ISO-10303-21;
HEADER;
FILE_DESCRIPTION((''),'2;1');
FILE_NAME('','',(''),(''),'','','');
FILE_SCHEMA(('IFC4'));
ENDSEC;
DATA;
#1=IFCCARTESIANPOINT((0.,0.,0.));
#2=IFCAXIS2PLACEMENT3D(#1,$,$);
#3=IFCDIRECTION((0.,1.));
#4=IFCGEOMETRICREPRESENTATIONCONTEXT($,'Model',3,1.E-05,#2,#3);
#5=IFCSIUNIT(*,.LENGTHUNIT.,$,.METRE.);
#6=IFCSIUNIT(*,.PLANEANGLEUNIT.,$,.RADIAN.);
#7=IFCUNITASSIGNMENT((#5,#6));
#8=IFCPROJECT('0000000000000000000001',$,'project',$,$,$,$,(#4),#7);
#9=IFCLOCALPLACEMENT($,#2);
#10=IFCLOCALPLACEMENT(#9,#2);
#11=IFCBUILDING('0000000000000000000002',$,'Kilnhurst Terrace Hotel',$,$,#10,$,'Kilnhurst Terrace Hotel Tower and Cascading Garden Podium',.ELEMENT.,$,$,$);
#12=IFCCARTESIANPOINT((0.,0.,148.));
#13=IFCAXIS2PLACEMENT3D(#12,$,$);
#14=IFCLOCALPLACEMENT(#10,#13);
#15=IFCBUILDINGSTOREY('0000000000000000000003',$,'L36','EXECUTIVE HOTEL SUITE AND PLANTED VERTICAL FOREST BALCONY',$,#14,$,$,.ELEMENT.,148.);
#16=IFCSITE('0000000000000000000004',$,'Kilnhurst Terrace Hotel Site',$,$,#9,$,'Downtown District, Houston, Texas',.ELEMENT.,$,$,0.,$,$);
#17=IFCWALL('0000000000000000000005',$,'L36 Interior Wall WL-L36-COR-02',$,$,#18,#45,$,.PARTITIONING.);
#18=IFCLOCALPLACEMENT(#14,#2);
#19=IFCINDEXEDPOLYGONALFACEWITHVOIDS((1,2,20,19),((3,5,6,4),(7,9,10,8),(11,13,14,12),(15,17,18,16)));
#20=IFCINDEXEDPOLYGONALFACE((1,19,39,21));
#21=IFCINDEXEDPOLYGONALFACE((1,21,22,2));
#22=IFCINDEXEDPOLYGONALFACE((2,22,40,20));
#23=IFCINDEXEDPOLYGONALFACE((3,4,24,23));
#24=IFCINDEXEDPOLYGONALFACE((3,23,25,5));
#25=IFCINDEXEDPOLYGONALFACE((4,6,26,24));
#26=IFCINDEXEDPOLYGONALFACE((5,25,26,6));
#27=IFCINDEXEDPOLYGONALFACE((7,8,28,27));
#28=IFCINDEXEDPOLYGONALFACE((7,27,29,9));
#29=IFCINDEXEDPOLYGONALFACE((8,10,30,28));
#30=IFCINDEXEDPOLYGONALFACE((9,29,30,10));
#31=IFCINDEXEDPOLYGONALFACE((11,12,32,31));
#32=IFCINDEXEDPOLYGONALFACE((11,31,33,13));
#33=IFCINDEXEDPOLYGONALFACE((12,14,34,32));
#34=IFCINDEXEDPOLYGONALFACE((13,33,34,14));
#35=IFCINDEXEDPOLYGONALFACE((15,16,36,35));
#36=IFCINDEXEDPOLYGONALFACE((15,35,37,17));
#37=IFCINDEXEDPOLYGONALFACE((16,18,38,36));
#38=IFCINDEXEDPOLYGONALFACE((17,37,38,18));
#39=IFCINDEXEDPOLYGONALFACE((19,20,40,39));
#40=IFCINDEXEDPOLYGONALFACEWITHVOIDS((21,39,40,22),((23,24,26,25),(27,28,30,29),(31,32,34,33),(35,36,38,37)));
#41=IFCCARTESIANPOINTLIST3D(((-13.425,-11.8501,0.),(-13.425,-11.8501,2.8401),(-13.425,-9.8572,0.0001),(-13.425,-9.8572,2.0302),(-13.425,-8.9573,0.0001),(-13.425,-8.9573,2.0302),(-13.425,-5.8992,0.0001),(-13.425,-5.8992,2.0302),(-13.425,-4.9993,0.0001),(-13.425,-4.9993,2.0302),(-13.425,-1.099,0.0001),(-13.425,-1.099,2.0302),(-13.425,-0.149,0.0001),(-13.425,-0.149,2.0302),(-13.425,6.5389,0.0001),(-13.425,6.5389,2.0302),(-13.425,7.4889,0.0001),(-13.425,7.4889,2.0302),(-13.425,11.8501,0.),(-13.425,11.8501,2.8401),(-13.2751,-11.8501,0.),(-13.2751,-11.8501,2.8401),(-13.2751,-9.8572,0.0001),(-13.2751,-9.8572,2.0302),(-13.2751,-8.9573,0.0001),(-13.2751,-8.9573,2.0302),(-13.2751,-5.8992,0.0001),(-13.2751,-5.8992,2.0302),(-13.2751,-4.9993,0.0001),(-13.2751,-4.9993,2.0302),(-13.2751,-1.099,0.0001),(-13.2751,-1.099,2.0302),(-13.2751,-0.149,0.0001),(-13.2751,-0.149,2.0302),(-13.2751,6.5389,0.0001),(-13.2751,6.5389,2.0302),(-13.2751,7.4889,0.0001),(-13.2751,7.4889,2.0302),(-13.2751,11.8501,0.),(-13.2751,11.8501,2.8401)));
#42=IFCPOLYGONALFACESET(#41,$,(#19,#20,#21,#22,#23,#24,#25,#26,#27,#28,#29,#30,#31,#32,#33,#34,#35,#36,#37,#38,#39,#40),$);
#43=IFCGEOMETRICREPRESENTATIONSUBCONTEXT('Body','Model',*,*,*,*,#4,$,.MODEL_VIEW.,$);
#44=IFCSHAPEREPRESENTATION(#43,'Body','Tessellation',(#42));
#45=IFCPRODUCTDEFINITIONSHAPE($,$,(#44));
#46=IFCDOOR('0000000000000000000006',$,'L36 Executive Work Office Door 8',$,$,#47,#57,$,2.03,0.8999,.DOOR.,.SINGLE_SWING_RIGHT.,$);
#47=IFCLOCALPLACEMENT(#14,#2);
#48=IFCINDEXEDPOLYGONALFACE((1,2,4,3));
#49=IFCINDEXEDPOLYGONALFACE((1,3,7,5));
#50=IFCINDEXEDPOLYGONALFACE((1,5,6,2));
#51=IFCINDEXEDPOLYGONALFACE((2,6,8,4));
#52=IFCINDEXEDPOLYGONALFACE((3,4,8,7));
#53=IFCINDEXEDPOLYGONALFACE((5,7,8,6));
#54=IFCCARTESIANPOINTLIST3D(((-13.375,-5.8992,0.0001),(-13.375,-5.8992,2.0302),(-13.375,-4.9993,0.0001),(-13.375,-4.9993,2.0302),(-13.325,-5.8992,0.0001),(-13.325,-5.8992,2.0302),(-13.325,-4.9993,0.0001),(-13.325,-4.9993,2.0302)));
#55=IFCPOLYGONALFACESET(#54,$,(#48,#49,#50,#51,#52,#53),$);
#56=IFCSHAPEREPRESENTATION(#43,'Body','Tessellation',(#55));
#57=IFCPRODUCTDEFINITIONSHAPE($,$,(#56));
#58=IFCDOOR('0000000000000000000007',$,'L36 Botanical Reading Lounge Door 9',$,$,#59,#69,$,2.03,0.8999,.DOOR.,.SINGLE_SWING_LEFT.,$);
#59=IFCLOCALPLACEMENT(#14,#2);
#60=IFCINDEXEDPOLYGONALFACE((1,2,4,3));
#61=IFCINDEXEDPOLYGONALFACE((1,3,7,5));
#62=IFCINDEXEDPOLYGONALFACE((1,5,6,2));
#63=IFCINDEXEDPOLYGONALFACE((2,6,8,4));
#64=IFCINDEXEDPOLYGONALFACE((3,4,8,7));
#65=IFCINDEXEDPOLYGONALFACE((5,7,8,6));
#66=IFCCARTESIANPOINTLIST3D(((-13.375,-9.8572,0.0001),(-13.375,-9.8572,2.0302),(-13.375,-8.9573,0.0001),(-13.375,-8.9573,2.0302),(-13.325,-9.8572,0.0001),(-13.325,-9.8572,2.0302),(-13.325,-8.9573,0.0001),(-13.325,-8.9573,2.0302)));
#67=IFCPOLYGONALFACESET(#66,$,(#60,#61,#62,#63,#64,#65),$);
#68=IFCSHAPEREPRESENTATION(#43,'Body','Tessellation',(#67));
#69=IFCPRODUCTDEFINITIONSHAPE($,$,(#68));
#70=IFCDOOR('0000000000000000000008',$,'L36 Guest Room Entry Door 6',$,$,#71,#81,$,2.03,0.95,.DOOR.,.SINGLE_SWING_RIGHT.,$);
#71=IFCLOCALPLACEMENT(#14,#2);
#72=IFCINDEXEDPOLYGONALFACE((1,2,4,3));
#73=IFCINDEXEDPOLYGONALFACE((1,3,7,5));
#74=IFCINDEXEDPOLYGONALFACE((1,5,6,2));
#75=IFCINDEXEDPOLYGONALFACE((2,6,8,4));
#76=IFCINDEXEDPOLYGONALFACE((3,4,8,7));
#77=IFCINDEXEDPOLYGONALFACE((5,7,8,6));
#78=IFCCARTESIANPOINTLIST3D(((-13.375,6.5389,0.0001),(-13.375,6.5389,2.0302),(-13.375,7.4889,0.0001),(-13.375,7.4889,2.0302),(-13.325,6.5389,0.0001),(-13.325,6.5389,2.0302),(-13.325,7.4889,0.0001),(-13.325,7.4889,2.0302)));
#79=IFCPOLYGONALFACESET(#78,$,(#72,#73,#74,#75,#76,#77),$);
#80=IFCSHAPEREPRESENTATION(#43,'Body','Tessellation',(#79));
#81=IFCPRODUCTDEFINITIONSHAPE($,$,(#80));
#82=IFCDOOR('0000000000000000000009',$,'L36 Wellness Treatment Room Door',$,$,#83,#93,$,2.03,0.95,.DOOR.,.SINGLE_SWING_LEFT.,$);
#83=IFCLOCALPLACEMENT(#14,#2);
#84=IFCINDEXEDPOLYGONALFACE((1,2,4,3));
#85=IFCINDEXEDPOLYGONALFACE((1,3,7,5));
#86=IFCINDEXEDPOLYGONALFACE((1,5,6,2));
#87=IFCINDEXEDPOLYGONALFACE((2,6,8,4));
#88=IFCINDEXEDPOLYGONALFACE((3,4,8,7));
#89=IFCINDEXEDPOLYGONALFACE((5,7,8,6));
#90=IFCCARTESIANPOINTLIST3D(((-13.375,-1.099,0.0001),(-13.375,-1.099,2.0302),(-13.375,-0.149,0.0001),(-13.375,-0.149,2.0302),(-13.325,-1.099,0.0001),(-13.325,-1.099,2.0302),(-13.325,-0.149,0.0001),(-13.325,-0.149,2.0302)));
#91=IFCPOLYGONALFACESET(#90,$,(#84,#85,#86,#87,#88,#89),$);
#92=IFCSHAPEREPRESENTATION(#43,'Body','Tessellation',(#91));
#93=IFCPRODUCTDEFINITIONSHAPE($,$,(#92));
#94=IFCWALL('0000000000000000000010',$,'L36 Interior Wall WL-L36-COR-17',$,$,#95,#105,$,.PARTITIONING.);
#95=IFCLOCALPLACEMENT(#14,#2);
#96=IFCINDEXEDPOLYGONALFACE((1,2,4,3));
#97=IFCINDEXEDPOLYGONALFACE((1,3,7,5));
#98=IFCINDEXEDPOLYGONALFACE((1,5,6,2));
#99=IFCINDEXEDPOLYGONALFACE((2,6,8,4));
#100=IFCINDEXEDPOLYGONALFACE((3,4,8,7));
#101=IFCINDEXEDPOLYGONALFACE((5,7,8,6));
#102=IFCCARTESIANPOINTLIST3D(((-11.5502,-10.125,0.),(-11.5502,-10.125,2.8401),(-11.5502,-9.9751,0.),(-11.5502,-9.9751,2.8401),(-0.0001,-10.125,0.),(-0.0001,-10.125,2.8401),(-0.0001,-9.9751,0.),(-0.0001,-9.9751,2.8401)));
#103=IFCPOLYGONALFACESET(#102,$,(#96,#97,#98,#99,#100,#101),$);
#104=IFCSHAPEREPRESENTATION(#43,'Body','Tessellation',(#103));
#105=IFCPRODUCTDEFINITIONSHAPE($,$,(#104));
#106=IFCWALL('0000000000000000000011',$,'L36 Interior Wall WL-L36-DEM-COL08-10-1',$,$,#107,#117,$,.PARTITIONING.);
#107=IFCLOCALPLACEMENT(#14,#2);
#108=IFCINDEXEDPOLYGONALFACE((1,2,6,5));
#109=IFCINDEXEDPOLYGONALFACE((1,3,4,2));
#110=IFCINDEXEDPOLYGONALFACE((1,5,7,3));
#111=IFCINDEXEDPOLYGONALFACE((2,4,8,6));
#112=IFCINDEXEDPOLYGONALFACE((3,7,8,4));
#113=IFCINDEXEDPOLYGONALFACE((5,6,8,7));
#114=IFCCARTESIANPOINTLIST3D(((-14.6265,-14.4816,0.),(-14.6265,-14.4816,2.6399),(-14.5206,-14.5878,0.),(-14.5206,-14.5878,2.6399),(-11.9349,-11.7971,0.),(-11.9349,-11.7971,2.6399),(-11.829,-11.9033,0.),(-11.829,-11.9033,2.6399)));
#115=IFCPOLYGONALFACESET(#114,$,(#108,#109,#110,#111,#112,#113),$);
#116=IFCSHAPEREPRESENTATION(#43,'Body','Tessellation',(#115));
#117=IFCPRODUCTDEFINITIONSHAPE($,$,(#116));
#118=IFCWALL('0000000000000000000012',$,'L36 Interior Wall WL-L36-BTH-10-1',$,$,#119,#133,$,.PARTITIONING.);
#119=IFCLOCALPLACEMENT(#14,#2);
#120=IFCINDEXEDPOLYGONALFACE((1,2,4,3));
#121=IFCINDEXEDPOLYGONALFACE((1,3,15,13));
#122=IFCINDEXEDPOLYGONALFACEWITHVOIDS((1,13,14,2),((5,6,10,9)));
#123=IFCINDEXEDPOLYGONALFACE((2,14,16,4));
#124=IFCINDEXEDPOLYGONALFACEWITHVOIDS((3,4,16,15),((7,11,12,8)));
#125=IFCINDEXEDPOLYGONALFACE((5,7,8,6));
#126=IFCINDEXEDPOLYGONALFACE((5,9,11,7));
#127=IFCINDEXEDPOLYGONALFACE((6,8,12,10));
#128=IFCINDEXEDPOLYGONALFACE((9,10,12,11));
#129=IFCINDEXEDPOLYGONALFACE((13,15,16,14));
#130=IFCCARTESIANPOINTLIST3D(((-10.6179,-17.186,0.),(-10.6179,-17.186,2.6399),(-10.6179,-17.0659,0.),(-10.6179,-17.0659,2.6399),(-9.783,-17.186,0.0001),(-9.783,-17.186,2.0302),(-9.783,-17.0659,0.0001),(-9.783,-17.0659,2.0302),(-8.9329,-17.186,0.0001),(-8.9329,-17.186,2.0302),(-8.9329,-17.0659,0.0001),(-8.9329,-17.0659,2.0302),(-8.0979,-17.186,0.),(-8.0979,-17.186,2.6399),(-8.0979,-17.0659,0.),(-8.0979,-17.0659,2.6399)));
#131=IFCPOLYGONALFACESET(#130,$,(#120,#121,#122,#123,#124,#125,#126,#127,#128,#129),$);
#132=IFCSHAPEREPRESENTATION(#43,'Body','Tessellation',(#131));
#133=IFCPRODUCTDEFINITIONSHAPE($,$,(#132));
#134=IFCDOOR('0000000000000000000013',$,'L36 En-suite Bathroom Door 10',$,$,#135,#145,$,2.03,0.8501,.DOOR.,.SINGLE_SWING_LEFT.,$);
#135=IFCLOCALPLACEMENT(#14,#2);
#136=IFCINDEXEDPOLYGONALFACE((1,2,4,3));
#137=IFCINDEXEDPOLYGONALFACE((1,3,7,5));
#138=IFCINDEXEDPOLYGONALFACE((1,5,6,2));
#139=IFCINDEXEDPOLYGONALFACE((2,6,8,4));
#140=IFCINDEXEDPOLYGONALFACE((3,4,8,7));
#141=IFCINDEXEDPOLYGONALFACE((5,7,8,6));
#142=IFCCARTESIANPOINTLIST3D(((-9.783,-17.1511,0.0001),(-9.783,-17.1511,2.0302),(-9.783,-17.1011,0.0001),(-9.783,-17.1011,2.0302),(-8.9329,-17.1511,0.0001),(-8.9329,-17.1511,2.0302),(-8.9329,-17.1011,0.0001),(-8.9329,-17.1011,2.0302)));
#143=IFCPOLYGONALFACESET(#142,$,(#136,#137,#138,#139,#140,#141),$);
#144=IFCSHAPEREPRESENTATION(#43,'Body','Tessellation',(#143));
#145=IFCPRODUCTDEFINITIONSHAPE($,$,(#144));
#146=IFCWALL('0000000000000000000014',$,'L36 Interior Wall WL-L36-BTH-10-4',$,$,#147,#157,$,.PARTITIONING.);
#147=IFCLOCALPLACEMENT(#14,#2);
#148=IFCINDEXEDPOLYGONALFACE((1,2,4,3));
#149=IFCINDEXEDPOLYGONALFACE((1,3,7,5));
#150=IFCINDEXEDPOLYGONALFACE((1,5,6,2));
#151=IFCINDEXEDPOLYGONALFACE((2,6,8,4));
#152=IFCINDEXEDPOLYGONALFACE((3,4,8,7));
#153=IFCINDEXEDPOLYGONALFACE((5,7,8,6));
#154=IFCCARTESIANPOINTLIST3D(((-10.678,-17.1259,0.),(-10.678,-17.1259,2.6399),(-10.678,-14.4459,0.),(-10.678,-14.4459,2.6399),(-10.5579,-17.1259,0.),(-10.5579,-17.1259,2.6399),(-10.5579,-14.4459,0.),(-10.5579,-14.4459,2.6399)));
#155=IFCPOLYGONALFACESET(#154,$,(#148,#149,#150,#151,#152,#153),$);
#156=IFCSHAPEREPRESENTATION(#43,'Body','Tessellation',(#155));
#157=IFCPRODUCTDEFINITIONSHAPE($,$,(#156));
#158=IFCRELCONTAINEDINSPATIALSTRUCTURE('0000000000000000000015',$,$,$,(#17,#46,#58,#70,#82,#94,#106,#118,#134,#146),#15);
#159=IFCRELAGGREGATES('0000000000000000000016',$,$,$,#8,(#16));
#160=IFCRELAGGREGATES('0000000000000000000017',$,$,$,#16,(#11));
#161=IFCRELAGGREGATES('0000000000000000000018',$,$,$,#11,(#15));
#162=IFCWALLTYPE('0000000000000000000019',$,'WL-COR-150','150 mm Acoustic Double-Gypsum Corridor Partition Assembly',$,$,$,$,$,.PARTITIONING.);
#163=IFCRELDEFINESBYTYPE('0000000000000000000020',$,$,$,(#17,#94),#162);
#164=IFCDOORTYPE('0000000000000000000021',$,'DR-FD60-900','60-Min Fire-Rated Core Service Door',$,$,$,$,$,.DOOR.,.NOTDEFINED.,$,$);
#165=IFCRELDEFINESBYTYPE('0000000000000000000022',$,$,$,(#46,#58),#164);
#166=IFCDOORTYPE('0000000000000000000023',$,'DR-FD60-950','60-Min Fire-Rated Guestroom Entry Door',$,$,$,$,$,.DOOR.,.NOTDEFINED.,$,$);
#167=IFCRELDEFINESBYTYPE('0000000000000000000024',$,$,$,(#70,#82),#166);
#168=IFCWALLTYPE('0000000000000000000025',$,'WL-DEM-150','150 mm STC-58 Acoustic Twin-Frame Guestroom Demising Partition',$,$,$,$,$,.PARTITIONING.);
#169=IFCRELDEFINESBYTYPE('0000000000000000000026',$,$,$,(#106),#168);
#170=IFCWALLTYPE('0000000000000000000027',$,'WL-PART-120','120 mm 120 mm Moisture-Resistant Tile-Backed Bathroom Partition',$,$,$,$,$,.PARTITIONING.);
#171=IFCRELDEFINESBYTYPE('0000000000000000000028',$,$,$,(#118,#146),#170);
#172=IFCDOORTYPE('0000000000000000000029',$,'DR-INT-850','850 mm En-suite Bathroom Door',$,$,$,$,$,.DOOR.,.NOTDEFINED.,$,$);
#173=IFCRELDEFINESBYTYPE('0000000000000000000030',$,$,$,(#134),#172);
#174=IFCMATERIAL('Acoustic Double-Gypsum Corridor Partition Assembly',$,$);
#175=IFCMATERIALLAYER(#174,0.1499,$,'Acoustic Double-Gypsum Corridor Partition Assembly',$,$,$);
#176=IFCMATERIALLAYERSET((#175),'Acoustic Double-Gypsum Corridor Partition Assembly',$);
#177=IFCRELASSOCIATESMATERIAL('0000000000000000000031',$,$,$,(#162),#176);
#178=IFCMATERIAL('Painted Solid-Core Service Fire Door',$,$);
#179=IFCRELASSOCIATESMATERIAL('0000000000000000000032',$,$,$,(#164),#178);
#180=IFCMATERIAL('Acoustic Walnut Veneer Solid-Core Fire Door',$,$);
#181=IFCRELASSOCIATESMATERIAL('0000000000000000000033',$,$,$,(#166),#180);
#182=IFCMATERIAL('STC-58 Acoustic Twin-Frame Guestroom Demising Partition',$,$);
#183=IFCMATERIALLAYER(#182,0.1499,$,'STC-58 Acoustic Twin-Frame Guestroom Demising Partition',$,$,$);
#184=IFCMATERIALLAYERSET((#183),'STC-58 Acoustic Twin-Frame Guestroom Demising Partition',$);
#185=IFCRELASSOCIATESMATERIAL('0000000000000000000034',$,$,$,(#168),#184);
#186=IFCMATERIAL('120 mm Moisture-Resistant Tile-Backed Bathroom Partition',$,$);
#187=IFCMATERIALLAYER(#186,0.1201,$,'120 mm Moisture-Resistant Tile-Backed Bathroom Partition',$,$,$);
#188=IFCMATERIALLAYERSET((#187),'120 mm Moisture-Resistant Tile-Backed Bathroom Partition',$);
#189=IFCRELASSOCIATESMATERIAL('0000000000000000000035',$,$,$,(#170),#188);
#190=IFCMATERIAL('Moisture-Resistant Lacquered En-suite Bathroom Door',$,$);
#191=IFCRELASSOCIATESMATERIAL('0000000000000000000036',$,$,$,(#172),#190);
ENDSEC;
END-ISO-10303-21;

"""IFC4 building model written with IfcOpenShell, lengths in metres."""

from ifc_helpers import new_model, si_unit, direction, frame, frame_2d, origin, place, context, subcontext, project, spatial, rectangle, extrude, material, layer, layer_set, type_object, element, fill, save


model = new_model("IFC4")

# Units and contexts
model_context = context("Model", 3, precision=1e-05, world=origin(), true_north=direction((0.0, 1.0)))
body_context = subcontext(model_context, "Body", "Model", "MODEL_VIEW")
ifc_project = project(units=[si_unit("LENGTHUNIT", "METRE"), si_unit("PLANEANGLEUNIT", "RADIAN")], contexts=[model_context])

# Site, building, storey
site_placement = place(None, origin())
site = spatial("IfcSite", under=ifc_project, at=site_placement, Name="Kilnhurst Terrace Hotel Site", LongName="Downtown District, Houston, Texas", CompositionType="ELEMENT", RefElevation=0.0)
building_placement = place(site_placement, origin())
building = spatial("IfcBuilding", under=site, at=building_placement, Name="Kilnhurst Terrace Hotel", LongName="Kilnhurst Terrace Hotel Tower and Cascading Garden Podium", CompositionType="ELEMENT")
storey_placement = place(building_placement, frame((0.0, 0.0, 148.0)))
storey = spatial("IfcBuildingStorey", under=building, at=storey_placement, Name="L36", Description="EXECUTIVE HOTEL SUITE AND PLANTED VERTICAL FOREST BALCONY", CompositionType="ELEMENT", Elevation=148.0)

# Wall, openings, doors
ifc_material_1 = material(Name="Acoustic Double-Gypsum Corridor Partition Assembly")
ifc_layer_1 = layer(ifc_material_1, 0.1499, Name="Acoustic Double-Gypsum Corridor Partition Assembly")
ifc_layer_set_1 = layer_set([ifc_layer_1], Name="Acoustic Double-Gypsum Corridor Partition Assembly")
wall_type_1 = type_object("IfcWallType", Name="WL-COR-150", Description="150 mm Acoustic Double-Gypsum Corridor Partition Assembly", PredefinedType="PARTITIONING", material=ifc_layer_set_1)
wall_1_placement = place(storey_placement, frame((-13.3501, -11.8501, 0.0), z_axis=(0.0, 0.0, 1.0), x_axis=(0.0, 1.0, 0.0)))
wall_1 = element("IfcWall", 1, at=wall_1_placement, inside=storey, type_object=wall_type_1, Name="L36 Interior Wall WL-L36-COR-02", PredefinedType="PARTITIONING", context=body_context, shape_type="SweptSolid", body=[
    extrude(rectangle(XDim=23.7002, YDim=0.1499, at=frame_2d((11.8501, 0.0))), origin(), (0.0, 0.0, 1.0), 2.8401),
])
opening_1_placement = place(wall_1_placement, frame((18.3889, 0.0, 0.0)))
opening_1 = element("IfcOpeningElement", 2, at=opening_1_placement, cuts=wall_1, PredefinedType="OPENING", context=body_context, shape_type="SweptSolid", body=[
    extrude(rectangle(XDim=0.95, YDim=2.03, at=frame_2d((0.4751, 1.0151))), frame((0.0, 0.085, 0.0), z_axis=(0.0, -1.0, 0.0), x_axis=(1.0, 0.0, 0.0)), (0.0, 0.0, 1.0), 0.1699),
])
opening_2_placement = place(wall_1_placement, frame((10.751, 0.0, 0.0)))
opening_2 = element("IfcOpeningElement", 3, at=opening_2_placement, cuts=wall_1, PredefinedType="OPENING", context=body_context, shape_type="SweptSolid", body=[
    extrude(rectangle(XDim=0.95, YDim=2.03, at=frame_2d((0.4751, 1.0151))), frame((0.0, 0.085, 0.0), z_axis=(0.0, -1.0, 0.0), x_axis=(1.0, 0.0, 0.0)), (0.0, 0.0, 1.0), 0.1699),
])
opening_3_placement = place(wall_1_placement, frame((5.9509, 0.0, 0.0)))
opening_3 = element("IfcOpeningElement", 4, at=opening_3_placement, cuts=wall_1, PredefinedType="OPENING", context=body_context, shape_type="SweptSolid", body=[
    extrude(rectangle(XDim=0.8999, YDim=2.03, at=frame_2d((0.45, 1.0151))), frame((0.0, 0.085, 0.0), z_axis=(0.0, -1.0, 0.0), x_axis=(1.0, 0.0, 0.0)), (0.0, 0.0, 1.0), 0.1699),
])
opening_4_placement = place(wall_1_placement, frame((1.9929, 0.0, 0.0)))
opening_4 = element("IfcOpeningElement", 5, at=opening_4_placement, cuts=wall_1, PredefinedType="OPENING", context=body_context, shape_type="SweptSolid", body=[
    extrude(rectangle(XDim=0.8999, YDim=2.03, at=frame_2d((0.45, 1.0151))), frame((0.0, 0.085, 0.0), z_axis=(0.0, -1.0, 0.0), x_axis=(1.0, 0.0, 0.0)), (0.0, 0.0, 1.0), 0.1699),
])
ifc_material_2 = material(Name="Painted Solid-Core Service Fire Door")
door_type_1 = type_object("IfcDoorType", Name="DR-FD60-900", Description="60-Min Fire-Rated Core Service Door", OperationType="NOTDEFINED", PredefinedType="DOOR", material=ifc_material_2)
door_1_placement = place(opening_3_placement, origin())
door_1 = element("IfcDoor", 6, at=door_1_placement, inside=storey, type_object=door_type_1, Name="L36 Executive Work Office Door 8", OperationType="SINGLE_SWING_RIGHT", OverallHeight=2.03, OverallWidth=0.8999, PredefinedType="DOOR", context=body_context, shape_type="SweptSolid", body=[
    extrude(rectangle(XDim=0.8999, YDim=2.03, at=frame_2d((0.45, 1.0151))), frame((0.0, 0.0249, 0.0), z_axis=(0.0, -1.0, 0.0), x_axis=(1.0, 0.0, 0.0)), (0.0, 0.0, 1.0), 0.05),
])
fill(opening_3, door_1)
door_2_placement = place(opening_4_placement, origin())
door_2 = element("IfcDoor", 7, at=door_2_placement, inside=storey, type_object=door_type_1, Name="L36 Botanical Reading Lounge Door 9", OperationType="SINGLE_SWING_LEFT", OverallHeight=2.03, OverallWidth=0.8999, PredefinedType="DOOR", context=body_context, shape_type="SweptSolid", body=[
    extrude(rectangle(XDim=0.8999, YDim=2.03, at=frame_2d((0.45, 1.0151))), frame((0.0, 0.0249, 0.0), z_axis=(0.0, -1.0, 0.0), x_axis=(1.0, 0.0, 0.0)), (0.0, 0.0, 1.0), 0.05),
])
fill(opening_4, door_2)
ifc_material_3 = material(Name="Acoustic Walnut Veneer Solid-Core Fire Door")
door_type_2 = type_object("IfcDoorType", Name="DR-FD60-950", Description="60-Min Fire-Rated Guestroom Entry Door", OperationType="NOTDEFINED", PredefinedType="DOOR", material=ifc_material_3)
door_3_placement = place(opening_1_placement, origin())
door_3 = element("IfcDoor", 8, at=door_3_placement, inside=storey, type_object=door_type_2, Name="L36 Guest Room Entry Door 6", OperationType="SINGLE_SWING_RIGHT", OverallHeight=2.03, OverallWidth=0.95, PredefinedType="DOOR", context=body_context, shape_type="SweptSolid", body=[
    extrude(rectangle(XDim=0.95, YDim=2.03, at=frame_2d((0.4751, 1.0151))), frame((0.0, 0.0249, 0.0), z_axis=(0.0, -1.0, 0.0), x_axis=(1.0, 0.0, 0.0)), (0.0, 0.0, 1.0), 0.05),
])
fill(opening_1, door_3)
door_4_placement = place(opening_2_placement, origin())
door_4 = element("IfcDoor", 9, at=door_4_placement, inside=storey, type_object=door_type_2, Name="L36 Wellness Treatment Room Door", OperationType="SINGLE_SWING_LEFT", OverallHeight=2.03, OverallWidth=0.95, PredefinedType="DOOR", context=body_context, shape_type="SweptSolid", body=[
    extrude(rectangle(XDim=0.95, YDim=2.03, at=frame_2d((0.4751, 1.0151))), frame((0.0, 0.0249, 0.0), z_axis=(0.0, -1.0, 0.0), x_axis=(1.0, 0.0, 0.0)), (0.0, 0.0, 1.0), 0.05),
])
fill(opening_2, door_4)

# Walls
wall_2_placement = place(storey_placement, frame((-11.55, -10.05, 0.0), z_axis=(0.0, 0.0, 1.0), x_axis=(1.0, 0.0, 0.0)))
element("IfcWall", 10, at=wall_2_placement, inside=storey, type_object=wall_type_1, Name="L36 Interior Wall WL-L36-COR-17", PredefinedType="PARTITIONING", context=body_context, shape_type="SweptSolid", body=[
    extrude(rectangle(XDim=11.55, YDim=0.1499, at=frame_2d((5.7749, 0.0))), origin(), (0.0, 0.0, 1.0), 2.8401),
])
ifc_material_4 = material(Name="STC-58 Acoustic Twin-Frame Guestroom Demising Partition")
ifc_layer_2 = layer(ifc_material_4, 0.1499, Name="STC-58 Acoustic Twin-Frame Guestroom Demising Partition")
ifc_layer_set_2 = layer_set([ifc_layer_2], Name="STC-58 Acoustic Twin-Frame Guestroom Demising Partition")
wall_type_2 = type_object("IfcWallType", Name="WL-DEM-150", Description="150 mm STC-58 Acoustic Twin-Frame Guestroom Demising Partition", PredefinedType="PARTITIONING", material=ifc_layer_set_2)
wall_3_placement = place(storey_placement, frame((-11.8818, -11.8501, 0.0), z_axis=(0.0, 0.0, 1.0), x_axis=(-0.708037, -0.706175, 0.0)))
element("IfcWall", 11, at=wall_3_placement, inside=storey, type_object=wall_type_2, Name="L36 Interior Wall WL-L36-DEM-COL08-10-1", PredefinedType="PARTITIONING", context=body_context, shape_type="SweptSolid", body=[
    extrude(rectangle(XDim=3.8015, YDim=0.1499, at=frame_2d((1.9009, 0.0))), origin(), (0.0, 0.0, 1.0), 2.6399),
])

# Wall, opening, door
ifc_material_5 = material(Name="120 mm Moisture-Resistant Tile-Backed Bathroom Partition")
ifc_layer_3 = layer(ifc_material_5, 0.1201, Name="120 mm Moisture-Resistant Tile-Backed Bathroom Partition")
ifc_layer_set_3 = layer_set([ifc_layer_3], Name="120 mm Moisture-Resistant Tile-Backed Bathroom Partition")
wall_type_3 = type_object("IfcWallType", Name="WL-PART-120", Description="120 mm 120 mm Moisture-Resistant Tile-Backed Bathroom Partition", PredefinedType="PARTITIONING", material=ifc_layer_set_3)
wall_4_placement = place(storey_placement, frame((-10.6179, -17.126, 0.0), z_axis=(0.0, 0.0, 1.0), x_axis=(1.0, 0.0, 0.0)))
wall_4 = element("IfcWall", 12, at=wall_4_placement, inside=storey, type_object=wall_type_3, Name="L36 Interior Wall WL-L36-BTH-10-1", PredefinedType="PARTITIONING", context=body_context, shape_type="SweptSolid", body=[
    extrude(rectangle(XDim=2.52, YDim=0.1201, at=frame_2d((1.26, 0.0))), origin(), (0.0, 0.0, 1.0), 2.6399),
])
opening_5_placement = place(wall_4_placement, frame((0.835, 0.0, 0.0)))
opening_5 = element("IfcOpeningElement", 13, at=opening_5_placement, cuts=wall_4, PredefinedType="OPENING", context=body_context, shape_type="SweptSolid", body=[
    extrude(rectangle(XDim=0.8501, YDim=2.03, at=frame_2d((0.425, 1.0151))), frame((0.0, 0.0701, 0.0), z_axis=(0.0, -1.0, 0.0), x_axis=(1.0, 0.0, 0.0)), (0.0, 0.0, 1.0), 0.1401),
])
ifc_material_6 = material(Name="Moisture-Resistant Lacquered En-suite Bathroom Door")
door_type_3 = type_object("IfcDoorType", Name="DR-INT-850", Description="850 mm En-suite Bathroom Door", OperationType="NOTDEFINED", PredefinedType="DOOR", material=ifc_material_6)
door_5_placement = place(opening_5_placement, origin())
door_5 = element("IfcDoor", 14, at=door_5_placement, inside=storey, type_object=door_type_3, Name="L36 En-suite Bathroom Door 10", OperationType="SINGLE_SWING_LEFT", OverallHeight=2.03, OverallWidth=0.8501, PredefinedType="DOOR", context=body_context, shape_type="SweptSolid", body=[
    extrude(rectangle(XDim=0.8501, YDim=2.03, at=frame_2d((0.425, 1.0151))), frame((0.0, 0.0249, 0.0), z_axis=(0.0, -1.0, 0.0), x_axis=(1.0, 0.0, 0.0)), (0.0, 0.0, 1.0), 0.05),
])
fill(opening_5, door_5)

# Wall
wall_5_placement = place(storey_placement, frame((-10.6179, -14.446, 0.0), z_axis=(0.0, 0.0, 1.0), x_axis=(0.0, -1.0, 0.0)))
element("IfcWall", 15, at=wall_5_placement, inside=storey, type_object=wall_type_3, Name="L36 Interior Wall WL-L36-BTH-10-4", PredefinedType="PARTITIONING", context=body_context, shape_type="SweptSolid", body=[
    extrude(rectangle(XDim=2.6799, YDim=0.1201, at=frame_2d((1.3398, 0.0))), origin(), (0.0, 0.0, 1.0), 2.6399),
])

save(model, "model.ifc")
